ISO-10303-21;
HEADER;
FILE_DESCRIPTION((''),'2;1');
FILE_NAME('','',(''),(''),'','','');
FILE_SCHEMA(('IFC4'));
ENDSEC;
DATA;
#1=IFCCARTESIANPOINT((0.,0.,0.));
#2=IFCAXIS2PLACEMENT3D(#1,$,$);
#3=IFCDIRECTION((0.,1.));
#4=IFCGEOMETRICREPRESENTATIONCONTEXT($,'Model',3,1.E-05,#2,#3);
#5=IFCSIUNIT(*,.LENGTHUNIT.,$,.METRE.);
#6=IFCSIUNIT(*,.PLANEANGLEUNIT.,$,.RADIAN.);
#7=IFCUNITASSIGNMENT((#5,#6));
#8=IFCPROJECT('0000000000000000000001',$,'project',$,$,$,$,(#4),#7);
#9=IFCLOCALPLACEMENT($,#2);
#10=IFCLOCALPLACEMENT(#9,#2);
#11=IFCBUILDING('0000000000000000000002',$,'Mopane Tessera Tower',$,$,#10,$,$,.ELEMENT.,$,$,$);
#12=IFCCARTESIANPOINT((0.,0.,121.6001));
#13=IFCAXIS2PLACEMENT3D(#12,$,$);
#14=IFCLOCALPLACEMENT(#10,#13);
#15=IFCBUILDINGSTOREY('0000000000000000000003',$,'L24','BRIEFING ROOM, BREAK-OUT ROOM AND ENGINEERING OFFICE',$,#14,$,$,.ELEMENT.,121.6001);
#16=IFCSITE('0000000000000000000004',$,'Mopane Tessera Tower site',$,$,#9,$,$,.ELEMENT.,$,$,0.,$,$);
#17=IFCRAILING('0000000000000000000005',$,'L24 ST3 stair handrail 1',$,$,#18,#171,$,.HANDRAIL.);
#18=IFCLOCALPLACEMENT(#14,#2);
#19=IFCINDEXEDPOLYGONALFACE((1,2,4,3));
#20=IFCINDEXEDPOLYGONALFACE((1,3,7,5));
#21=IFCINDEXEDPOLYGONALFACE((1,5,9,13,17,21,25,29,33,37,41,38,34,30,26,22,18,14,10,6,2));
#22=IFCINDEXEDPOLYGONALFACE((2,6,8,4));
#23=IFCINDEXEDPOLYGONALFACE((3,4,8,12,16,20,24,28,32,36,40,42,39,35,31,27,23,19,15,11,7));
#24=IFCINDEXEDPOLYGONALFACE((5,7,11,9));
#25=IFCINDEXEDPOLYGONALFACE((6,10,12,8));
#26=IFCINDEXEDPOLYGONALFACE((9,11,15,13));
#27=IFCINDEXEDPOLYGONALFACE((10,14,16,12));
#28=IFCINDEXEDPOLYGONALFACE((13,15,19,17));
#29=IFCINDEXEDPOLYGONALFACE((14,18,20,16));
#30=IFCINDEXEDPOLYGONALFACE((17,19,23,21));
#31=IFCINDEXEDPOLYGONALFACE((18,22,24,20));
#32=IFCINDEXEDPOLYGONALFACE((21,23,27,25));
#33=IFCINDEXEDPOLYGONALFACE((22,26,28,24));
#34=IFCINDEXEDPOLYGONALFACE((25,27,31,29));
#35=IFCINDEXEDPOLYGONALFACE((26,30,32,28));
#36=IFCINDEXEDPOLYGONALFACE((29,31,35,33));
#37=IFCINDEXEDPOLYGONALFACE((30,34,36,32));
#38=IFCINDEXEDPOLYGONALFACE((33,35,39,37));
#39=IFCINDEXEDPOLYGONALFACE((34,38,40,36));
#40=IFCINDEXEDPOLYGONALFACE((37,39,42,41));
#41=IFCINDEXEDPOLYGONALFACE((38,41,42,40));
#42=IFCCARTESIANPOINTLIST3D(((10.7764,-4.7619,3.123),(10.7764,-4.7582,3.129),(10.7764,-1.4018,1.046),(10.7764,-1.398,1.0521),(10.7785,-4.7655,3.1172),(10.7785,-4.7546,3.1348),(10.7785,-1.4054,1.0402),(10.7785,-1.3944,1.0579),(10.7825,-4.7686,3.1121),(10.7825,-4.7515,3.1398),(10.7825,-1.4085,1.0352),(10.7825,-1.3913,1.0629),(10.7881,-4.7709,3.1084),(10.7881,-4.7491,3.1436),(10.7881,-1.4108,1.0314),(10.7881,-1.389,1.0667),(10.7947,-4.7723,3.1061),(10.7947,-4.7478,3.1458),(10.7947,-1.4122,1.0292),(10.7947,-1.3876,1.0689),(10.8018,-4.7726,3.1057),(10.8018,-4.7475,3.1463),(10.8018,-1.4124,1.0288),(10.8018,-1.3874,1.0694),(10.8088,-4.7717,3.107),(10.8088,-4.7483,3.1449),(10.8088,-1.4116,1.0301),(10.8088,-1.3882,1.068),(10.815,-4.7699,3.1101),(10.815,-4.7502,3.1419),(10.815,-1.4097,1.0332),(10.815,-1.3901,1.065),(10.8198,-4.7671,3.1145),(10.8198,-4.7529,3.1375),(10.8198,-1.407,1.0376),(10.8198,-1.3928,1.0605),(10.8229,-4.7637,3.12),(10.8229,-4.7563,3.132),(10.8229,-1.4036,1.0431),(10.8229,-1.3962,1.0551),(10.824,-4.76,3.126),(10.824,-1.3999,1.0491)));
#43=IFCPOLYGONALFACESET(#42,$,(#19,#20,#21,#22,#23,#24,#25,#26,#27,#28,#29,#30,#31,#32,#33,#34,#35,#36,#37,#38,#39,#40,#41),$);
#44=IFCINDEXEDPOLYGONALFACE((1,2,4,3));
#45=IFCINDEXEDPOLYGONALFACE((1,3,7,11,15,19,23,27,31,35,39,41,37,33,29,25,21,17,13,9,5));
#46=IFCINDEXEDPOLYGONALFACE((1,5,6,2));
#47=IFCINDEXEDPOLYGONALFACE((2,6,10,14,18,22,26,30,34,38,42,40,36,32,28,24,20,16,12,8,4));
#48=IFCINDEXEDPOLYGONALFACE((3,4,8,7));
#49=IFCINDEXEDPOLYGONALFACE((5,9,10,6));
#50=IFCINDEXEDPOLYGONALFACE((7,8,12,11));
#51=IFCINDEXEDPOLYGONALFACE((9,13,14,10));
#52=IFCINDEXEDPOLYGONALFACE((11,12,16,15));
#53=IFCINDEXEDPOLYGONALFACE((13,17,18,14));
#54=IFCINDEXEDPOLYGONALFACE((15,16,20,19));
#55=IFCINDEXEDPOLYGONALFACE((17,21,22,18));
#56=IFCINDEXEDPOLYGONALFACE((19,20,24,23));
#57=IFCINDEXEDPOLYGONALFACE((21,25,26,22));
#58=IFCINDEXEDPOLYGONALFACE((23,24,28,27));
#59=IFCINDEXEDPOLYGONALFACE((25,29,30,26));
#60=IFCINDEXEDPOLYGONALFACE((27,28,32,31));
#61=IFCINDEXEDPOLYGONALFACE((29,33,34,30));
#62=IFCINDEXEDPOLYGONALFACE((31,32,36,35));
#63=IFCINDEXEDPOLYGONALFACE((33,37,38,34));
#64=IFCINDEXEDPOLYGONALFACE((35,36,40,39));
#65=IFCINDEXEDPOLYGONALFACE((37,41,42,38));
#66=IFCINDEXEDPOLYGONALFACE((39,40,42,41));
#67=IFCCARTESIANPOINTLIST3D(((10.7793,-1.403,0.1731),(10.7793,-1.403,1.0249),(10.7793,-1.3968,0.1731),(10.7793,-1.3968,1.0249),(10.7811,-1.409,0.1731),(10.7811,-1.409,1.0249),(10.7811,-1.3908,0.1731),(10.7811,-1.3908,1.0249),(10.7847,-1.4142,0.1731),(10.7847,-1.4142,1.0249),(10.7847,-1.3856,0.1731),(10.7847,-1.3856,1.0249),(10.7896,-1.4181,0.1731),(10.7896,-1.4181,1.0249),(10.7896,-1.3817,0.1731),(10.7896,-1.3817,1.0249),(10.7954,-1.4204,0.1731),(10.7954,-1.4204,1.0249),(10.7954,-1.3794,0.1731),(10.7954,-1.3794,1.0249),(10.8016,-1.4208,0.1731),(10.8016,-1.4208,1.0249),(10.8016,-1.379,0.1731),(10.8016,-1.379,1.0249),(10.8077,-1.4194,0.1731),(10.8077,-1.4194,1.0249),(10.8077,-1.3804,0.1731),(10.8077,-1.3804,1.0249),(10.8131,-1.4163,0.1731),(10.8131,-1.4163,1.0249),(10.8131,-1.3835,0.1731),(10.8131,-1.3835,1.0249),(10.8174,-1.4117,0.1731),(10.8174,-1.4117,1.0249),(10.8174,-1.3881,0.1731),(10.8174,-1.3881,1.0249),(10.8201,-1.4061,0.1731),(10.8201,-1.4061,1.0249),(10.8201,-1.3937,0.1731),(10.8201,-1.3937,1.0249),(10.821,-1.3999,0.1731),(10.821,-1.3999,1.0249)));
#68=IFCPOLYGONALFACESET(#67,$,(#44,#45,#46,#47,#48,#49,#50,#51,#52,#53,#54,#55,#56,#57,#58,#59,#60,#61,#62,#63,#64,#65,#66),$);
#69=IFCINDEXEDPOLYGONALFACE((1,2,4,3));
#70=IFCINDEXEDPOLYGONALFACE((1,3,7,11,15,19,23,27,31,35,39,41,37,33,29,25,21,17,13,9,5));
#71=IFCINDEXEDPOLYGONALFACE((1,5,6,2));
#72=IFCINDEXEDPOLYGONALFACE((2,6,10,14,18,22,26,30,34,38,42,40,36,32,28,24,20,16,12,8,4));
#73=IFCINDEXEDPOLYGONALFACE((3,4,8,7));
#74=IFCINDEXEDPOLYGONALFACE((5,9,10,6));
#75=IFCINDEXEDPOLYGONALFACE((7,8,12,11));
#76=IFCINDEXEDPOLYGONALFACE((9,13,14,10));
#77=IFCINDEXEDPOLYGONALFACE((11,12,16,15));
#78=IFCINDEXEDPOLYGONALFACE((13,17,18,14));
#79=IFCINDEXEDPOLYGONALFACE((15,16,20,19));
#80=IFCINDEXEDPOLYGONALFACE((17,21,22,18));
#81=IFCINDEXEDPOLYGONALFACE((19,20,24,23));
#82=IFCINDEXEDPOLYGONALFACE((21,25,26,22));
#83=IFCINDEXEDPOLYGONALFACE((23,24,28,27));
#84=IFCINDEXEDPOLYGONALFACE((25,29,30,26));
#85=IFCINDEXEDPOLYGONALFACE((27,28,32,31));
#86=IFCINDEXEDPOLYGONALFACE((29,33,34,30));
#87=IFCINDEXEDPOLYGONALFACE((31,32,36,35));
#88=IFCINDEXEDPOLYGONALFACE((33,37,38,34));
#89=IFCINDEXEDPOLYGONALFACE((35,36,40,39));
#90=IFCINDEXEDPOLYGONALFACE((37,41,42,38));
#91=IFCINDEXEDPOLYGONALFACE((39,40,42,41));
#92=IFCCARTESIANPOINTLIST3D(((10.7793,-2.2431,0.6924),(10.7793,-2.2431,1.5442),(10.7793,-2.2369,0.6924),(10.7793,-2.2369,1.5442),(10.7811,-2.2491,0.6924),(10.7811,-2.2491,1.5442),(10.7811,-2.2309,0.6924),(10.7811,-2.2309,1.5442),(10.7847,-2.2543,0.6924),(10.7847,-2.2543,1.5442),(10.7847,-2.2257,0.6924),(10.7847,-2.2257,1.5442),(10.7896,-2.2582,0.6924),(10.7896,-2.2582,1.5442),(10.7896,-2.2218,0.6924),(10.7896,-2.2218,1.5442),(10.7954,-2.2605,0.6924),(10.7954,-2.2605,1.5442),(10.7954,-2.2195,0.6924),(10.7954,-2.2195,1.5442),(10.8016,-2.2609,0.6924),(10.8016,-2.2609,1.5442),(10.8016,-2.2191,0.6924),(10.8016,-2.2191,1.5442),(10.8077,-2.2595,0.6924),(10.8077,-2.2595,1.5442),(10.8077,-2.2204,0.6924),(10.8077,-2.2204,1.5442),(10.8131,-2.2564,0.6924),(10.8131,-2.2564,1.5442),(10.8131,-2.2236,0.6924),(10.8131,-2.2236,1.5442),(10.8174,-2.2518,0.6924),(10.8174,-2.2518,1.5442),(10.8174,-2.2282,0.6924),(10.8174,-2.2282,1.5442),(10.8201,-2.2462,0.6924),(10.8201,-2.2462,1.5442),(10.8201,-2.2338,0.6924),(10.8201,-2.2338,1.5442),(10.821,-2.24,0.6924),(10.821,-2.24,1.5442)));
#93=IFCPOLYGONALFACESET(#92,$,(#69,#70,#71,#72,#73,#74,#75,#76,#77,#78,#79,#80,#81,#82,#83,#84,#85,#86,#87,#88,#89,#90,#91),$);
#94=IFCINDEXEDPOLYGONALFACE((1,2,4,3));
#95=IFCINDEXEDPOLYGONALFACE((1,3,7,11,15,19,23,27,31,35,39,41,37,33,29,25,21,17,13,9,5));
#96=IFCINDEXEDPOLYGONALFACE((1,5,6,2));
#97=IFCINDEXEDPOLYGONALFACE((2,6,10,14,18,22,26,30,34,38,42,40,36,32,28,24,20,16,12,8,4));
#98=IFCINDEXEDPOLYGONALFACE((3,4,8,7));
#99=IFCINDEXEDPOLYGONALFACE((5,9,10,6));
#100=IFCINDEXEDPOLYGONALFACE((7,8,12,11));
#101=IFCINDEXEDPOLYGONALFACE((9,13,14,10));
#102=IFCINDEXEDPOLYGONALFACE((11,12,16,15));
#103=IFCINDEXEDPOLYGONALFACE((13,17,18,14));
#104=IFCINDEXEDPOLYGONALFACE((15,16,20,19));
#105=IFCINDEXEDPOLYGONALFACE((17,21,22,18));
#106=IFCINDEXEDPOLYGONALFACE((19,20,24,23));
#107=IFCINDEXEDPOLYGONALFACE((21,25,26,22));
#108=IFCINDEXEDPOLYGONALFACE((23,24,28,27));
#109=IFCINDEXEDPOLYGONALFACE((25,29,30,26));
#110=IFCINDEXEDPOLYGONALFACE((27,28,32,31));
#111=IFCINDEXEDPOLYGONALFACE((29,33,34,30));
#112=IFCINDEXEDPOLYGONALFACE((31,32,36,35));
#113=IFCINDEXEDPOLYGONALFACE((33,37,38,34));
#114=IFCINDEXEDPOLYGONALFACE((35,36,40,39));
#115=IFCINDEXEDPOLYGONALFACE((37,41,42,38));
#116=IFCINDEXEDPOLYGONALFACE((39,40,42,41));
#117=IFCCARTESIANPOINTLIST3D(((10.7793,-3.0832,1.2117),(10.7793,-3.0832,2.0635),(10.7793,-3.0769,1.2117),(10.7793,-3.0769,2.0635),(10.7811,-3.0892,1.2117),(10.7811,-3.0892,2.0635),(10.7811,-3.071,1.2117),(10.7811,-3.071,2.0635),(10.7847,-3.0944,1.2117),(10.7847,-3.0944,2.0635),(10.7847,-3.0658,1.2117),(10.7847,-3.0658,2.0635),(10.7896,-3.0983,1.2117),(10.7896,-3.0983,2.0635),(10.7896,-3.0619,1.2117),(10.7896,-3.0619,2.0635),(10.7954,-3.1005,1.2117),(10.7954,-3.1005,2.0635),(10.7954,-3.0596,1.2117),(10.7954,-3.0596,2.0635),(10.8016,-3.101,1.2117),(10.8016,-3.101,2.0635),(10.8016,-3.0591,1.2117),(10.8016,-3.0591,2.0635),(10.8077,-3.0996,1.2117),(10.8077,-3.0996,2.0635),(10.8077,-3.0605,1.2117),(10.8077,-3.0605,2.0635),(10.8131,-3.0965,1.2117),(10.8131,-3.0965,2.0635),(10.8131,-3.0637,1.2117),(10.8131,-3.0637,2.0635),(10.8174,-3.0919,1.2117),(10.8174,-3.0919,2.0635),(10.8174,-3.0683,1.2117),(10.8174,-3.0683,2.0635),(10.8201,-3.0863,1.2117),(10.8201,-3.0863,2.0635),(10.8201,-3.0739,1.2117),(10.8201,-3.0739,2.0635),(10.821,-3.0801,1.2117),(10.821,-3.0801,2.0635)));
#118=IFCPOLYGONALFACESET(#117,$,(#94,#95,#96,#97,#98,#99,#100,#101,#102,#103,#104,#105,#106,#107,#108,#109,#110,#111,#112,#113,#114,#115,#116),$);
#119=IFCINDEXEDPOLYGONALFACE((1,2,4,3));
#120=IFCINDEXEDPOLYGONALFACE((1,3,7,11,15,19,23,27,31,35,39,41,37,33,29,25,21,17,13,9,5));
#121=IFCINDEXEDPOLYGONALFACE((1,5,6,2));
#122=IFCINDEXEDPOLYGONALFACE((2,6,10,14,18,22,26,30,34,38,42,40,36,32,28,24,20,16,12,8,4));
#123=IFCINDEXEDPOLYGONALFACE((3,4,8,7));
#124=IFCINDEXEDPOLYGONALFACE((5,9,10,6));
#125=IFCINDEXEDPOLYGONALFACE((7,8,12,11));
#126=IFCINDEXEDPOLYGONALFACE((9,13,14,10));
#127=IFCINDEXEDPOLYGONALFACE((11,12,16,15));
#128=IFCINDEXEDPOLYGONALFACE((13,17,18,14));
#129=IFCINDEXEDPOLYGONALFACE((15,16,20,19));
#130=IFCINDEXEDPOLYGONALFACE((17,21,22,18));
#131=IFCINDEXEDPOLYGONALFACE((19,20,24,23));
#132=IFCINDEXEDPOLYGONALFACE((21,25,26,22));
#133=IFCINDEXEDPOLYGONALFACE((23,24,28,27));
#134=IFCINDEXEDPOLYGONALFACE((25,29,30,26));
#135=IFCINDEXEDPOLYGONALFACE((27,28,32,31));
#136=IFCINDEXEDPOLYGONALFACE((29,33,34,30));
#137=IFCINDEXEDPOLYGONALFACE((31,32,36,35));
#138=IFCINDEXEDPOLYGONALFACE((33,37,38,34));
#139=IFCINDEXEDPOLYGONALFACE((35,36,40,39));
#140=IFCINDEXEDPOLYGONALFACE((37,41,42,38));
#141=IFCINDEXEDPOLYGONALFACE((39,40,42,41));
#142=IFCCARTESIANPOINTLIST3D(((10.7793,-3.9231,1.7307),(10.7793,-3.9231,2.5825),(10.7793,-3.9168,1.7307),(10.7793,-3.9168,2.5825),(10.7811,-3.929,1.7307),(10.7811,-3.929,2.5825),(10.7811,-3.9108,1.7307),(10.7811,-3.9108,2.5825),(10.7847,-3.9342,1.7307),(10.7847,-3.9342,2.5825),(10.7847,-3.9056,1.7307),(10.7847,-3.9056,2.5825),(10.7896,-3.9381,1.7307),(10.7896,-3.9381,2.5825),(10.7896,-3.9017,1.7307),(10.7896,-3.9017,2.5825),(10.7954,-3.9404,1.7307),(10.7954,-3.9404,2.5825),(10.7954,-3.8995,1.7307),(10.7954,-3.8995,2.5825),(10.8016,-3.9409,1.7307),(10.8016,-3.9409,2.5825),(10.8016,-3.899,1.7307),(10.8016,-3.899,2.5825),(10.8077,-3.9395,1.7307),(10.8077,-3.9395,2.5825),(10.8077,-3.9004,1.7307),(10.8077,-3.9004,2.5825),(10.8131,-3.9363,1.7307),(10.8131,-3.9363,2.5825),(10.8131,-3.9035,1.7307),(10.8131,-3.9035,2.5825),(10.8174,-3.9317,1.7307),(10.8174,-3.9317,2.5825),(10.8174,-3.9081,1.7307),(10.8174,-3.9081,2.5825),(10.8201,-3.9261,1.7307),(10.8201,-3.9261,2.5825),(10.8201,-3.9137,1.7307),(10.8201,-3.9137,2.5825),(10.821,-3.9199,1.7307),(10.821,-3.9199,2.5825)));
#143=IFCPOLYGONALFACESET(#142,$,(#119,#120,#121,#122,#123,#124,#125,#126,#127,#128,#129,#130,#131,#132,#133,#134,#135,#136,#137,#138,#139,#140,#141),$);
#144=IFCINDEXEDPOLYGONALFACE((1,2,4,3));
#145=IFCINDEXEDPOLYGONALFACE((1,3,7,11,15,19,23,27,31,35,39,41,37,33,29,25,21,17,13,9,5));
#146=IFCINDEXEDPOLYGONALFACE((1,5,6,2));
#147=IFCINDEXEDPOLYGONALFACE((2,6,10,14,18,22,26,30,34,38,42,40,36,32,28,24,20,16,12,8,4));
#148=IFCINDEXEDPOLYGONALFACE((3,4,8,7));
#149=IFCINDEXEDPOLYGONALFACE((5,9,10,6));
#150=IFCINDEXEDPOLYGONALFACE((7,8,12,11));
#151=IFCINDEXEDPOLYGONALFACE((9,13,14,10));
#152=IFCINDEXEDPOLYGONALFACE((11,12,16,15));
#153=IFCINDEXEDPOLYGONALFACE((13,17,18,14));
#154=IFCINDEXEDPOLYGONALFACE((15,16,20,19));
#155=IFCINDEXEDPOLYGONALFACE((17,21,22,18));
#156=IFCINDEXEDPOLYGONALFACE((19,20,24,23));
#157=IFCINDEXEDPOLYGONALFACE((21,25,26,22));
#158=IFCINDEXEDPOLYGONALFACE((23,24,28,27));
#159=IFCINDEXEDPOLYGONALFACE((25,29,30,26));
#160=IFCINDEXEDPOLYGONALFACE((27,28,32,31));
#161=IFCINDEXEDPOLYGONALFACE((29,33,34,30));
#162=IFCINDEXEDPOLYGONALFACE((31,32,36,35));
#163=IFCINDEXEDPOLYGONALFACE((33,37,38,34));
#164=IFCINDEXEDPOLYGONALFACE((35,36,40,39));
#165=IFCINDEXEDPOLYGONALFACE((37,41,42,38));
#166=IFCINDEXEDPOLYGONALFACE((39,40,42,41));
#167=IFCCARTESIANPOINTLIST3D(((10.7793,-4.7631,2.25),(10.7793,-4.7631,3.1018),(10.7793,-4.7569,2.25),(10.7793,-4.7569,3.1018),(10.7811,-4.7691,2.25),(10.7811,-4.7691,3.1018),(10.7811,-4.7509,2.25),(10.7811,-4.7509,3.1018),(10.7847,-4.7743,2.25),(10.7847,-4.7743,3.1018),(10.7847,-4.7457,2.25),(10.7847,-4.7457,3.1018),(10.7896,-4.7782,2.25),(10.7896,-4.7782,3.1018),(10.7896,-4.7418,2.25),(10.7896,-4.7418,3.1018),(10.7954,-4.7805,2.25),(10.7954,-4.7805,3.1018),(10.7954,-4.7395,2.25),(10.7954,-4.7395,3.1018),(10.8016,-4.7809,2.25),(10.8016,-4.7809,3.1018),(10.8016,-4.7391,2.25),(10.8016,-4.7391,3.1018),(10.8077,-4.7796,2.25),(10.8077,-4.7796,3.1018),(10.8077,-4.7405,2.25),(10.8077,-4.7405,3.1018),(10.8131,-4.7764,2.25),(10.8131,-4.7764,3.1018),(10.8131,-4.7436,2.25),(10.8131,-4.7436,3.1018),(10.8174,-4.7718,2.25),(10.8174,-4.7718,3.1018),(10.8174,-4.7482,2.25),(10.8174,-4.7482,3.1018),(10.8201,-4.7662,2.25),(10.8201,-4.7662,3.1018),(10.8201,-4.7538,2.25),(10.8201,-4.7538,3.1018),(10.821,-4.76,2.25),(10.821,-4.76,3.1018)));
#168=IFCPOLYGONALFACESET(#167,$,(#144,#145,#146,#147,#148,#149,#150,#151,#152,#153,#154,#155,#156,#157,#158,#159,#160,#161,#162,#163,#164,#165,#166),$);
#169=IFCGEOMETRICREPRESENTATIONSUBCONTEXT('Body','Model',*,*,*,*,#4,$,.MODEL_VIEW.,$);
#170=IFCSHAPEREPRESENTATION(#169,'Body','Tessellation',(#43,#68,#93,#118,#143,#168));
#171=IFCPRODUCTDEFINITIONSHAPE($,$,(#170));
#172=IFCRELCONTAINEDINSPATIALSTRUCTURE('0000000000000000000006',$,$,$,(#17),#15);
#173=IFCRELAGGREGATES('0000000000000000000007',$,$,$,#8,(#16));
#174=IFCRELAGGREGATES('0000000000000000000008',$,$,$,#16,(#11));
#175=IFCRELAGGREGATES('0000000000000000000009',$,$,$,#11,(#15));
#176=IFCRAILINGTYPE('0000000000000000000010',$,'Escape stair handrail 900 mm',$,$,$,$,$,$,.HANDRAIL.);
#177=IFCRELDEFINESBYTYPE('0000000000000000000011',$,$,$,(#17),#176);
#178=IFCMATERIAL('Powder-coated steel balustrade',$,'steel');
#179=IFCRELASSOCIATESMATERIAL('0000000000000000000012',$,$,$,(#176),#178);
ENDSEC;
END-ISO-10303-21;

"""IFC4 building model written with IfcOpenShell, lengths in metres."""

from ifc_helpers import new_model, si_unit, direction, frame, origin, origin_2d, place, context, subcontext, project, spatial, circle, extrude, material, type_object, element, save


model = new_model("IFC4")

# Units and contexts
model_context = context("Model", 3, precision=1e-05, world=origin(), true_north=direction((0.0, 1.0)))
body_context = subcontext(model_context, "Body", "Model", "MODEL_VIEW")
ifc_project = project(units=[si_unit("LENGTHUNIT", "METRE"), si_unit("PLANEANGLEUNIT", "RADIAN")], contexts=[model_context])

# Site, building, storey
site_placement = place(None, origin())
site = spatial("IfcSite", under=ifc_project, at=site_placement, Name="Mopane Tessera Tower site", CompositionType="ELEMENT", RefElevation=0.0)
building_placement = place(site_placement, origin())
building = spatial("IfcBuilding", under=site, at=building_placement, Name="Mopane Tessera Tower", CompositionType="ELEMENT")
storey_placement = place(building_placement, frame((0.0, 0.0, 121.6001)))
storey = spatial("IfcBuildingStorey", under=building, at=storey_placement, Name="L24", Description="BRIEFING ROOM, BREAK-OUT ROOM AND ENGINEERING OFFICE", CompositionType="ELEMENT", Elevation=121.6001)

# Railing
ifc_material_1 = material(Name="Powder-coated steel balustrade", Category="steel")
railing_type_1 = type_object("IfcRailingType", Name="Escape stair handrail 900 mm", PredefinedType="HANDRAIL", material=ifc_material_1)
railing_1_placement = place(storey_placement, frame((10.8, -1.3999, 0.1731)))
element("IfcRailing", 1, at=railing_1_placement, inside=storey, type_object=railing_type_1, Name="L24 ST3 stair handrail 1", PredefinedType="HANDRAIL", context=body_context, shape_type="SweptSolid", body=[
    extrude(circle(Radius=0.0239, at=origin_2d()), frame((0.0, 0.0, 0.876), z_axis=(0.0, -0.850623, 0.525776), x_axis=(1.0, 0.0, 0.0)), (0.0, 0.0, 1.0), 3.9502),
    extrude(circle(Radius=0.021, at=origin_2d()), origin(), (0.0, 0.0, 1.0), 0.8518),
    extrude(circle(Radius=0.021, at=origin_2d()), frame((0.0, -0.8401, 0.5193)), (0.0, 0.0, 1.0), 0.8518),
    extrude(circle(Radius=0.021, at=origin_2d()), frame((0.0, -1.6802, 1.0386)), (0.0, 0.0, 1.0), 0.8518),
    extrude(circle(Radius=0.021, at=origin_2d()), frame((0.0, -2.52, 1.5576)), (0.0, 0.0, 1.0), 0.8518),
    extrude(circle(Radius=0.021, at=origin_2d()), frame((0.0, -3.3601, 2.0769)), (0.0, 0.0, 1.0), 0.8518),
])

save(model, "model.ifc")
